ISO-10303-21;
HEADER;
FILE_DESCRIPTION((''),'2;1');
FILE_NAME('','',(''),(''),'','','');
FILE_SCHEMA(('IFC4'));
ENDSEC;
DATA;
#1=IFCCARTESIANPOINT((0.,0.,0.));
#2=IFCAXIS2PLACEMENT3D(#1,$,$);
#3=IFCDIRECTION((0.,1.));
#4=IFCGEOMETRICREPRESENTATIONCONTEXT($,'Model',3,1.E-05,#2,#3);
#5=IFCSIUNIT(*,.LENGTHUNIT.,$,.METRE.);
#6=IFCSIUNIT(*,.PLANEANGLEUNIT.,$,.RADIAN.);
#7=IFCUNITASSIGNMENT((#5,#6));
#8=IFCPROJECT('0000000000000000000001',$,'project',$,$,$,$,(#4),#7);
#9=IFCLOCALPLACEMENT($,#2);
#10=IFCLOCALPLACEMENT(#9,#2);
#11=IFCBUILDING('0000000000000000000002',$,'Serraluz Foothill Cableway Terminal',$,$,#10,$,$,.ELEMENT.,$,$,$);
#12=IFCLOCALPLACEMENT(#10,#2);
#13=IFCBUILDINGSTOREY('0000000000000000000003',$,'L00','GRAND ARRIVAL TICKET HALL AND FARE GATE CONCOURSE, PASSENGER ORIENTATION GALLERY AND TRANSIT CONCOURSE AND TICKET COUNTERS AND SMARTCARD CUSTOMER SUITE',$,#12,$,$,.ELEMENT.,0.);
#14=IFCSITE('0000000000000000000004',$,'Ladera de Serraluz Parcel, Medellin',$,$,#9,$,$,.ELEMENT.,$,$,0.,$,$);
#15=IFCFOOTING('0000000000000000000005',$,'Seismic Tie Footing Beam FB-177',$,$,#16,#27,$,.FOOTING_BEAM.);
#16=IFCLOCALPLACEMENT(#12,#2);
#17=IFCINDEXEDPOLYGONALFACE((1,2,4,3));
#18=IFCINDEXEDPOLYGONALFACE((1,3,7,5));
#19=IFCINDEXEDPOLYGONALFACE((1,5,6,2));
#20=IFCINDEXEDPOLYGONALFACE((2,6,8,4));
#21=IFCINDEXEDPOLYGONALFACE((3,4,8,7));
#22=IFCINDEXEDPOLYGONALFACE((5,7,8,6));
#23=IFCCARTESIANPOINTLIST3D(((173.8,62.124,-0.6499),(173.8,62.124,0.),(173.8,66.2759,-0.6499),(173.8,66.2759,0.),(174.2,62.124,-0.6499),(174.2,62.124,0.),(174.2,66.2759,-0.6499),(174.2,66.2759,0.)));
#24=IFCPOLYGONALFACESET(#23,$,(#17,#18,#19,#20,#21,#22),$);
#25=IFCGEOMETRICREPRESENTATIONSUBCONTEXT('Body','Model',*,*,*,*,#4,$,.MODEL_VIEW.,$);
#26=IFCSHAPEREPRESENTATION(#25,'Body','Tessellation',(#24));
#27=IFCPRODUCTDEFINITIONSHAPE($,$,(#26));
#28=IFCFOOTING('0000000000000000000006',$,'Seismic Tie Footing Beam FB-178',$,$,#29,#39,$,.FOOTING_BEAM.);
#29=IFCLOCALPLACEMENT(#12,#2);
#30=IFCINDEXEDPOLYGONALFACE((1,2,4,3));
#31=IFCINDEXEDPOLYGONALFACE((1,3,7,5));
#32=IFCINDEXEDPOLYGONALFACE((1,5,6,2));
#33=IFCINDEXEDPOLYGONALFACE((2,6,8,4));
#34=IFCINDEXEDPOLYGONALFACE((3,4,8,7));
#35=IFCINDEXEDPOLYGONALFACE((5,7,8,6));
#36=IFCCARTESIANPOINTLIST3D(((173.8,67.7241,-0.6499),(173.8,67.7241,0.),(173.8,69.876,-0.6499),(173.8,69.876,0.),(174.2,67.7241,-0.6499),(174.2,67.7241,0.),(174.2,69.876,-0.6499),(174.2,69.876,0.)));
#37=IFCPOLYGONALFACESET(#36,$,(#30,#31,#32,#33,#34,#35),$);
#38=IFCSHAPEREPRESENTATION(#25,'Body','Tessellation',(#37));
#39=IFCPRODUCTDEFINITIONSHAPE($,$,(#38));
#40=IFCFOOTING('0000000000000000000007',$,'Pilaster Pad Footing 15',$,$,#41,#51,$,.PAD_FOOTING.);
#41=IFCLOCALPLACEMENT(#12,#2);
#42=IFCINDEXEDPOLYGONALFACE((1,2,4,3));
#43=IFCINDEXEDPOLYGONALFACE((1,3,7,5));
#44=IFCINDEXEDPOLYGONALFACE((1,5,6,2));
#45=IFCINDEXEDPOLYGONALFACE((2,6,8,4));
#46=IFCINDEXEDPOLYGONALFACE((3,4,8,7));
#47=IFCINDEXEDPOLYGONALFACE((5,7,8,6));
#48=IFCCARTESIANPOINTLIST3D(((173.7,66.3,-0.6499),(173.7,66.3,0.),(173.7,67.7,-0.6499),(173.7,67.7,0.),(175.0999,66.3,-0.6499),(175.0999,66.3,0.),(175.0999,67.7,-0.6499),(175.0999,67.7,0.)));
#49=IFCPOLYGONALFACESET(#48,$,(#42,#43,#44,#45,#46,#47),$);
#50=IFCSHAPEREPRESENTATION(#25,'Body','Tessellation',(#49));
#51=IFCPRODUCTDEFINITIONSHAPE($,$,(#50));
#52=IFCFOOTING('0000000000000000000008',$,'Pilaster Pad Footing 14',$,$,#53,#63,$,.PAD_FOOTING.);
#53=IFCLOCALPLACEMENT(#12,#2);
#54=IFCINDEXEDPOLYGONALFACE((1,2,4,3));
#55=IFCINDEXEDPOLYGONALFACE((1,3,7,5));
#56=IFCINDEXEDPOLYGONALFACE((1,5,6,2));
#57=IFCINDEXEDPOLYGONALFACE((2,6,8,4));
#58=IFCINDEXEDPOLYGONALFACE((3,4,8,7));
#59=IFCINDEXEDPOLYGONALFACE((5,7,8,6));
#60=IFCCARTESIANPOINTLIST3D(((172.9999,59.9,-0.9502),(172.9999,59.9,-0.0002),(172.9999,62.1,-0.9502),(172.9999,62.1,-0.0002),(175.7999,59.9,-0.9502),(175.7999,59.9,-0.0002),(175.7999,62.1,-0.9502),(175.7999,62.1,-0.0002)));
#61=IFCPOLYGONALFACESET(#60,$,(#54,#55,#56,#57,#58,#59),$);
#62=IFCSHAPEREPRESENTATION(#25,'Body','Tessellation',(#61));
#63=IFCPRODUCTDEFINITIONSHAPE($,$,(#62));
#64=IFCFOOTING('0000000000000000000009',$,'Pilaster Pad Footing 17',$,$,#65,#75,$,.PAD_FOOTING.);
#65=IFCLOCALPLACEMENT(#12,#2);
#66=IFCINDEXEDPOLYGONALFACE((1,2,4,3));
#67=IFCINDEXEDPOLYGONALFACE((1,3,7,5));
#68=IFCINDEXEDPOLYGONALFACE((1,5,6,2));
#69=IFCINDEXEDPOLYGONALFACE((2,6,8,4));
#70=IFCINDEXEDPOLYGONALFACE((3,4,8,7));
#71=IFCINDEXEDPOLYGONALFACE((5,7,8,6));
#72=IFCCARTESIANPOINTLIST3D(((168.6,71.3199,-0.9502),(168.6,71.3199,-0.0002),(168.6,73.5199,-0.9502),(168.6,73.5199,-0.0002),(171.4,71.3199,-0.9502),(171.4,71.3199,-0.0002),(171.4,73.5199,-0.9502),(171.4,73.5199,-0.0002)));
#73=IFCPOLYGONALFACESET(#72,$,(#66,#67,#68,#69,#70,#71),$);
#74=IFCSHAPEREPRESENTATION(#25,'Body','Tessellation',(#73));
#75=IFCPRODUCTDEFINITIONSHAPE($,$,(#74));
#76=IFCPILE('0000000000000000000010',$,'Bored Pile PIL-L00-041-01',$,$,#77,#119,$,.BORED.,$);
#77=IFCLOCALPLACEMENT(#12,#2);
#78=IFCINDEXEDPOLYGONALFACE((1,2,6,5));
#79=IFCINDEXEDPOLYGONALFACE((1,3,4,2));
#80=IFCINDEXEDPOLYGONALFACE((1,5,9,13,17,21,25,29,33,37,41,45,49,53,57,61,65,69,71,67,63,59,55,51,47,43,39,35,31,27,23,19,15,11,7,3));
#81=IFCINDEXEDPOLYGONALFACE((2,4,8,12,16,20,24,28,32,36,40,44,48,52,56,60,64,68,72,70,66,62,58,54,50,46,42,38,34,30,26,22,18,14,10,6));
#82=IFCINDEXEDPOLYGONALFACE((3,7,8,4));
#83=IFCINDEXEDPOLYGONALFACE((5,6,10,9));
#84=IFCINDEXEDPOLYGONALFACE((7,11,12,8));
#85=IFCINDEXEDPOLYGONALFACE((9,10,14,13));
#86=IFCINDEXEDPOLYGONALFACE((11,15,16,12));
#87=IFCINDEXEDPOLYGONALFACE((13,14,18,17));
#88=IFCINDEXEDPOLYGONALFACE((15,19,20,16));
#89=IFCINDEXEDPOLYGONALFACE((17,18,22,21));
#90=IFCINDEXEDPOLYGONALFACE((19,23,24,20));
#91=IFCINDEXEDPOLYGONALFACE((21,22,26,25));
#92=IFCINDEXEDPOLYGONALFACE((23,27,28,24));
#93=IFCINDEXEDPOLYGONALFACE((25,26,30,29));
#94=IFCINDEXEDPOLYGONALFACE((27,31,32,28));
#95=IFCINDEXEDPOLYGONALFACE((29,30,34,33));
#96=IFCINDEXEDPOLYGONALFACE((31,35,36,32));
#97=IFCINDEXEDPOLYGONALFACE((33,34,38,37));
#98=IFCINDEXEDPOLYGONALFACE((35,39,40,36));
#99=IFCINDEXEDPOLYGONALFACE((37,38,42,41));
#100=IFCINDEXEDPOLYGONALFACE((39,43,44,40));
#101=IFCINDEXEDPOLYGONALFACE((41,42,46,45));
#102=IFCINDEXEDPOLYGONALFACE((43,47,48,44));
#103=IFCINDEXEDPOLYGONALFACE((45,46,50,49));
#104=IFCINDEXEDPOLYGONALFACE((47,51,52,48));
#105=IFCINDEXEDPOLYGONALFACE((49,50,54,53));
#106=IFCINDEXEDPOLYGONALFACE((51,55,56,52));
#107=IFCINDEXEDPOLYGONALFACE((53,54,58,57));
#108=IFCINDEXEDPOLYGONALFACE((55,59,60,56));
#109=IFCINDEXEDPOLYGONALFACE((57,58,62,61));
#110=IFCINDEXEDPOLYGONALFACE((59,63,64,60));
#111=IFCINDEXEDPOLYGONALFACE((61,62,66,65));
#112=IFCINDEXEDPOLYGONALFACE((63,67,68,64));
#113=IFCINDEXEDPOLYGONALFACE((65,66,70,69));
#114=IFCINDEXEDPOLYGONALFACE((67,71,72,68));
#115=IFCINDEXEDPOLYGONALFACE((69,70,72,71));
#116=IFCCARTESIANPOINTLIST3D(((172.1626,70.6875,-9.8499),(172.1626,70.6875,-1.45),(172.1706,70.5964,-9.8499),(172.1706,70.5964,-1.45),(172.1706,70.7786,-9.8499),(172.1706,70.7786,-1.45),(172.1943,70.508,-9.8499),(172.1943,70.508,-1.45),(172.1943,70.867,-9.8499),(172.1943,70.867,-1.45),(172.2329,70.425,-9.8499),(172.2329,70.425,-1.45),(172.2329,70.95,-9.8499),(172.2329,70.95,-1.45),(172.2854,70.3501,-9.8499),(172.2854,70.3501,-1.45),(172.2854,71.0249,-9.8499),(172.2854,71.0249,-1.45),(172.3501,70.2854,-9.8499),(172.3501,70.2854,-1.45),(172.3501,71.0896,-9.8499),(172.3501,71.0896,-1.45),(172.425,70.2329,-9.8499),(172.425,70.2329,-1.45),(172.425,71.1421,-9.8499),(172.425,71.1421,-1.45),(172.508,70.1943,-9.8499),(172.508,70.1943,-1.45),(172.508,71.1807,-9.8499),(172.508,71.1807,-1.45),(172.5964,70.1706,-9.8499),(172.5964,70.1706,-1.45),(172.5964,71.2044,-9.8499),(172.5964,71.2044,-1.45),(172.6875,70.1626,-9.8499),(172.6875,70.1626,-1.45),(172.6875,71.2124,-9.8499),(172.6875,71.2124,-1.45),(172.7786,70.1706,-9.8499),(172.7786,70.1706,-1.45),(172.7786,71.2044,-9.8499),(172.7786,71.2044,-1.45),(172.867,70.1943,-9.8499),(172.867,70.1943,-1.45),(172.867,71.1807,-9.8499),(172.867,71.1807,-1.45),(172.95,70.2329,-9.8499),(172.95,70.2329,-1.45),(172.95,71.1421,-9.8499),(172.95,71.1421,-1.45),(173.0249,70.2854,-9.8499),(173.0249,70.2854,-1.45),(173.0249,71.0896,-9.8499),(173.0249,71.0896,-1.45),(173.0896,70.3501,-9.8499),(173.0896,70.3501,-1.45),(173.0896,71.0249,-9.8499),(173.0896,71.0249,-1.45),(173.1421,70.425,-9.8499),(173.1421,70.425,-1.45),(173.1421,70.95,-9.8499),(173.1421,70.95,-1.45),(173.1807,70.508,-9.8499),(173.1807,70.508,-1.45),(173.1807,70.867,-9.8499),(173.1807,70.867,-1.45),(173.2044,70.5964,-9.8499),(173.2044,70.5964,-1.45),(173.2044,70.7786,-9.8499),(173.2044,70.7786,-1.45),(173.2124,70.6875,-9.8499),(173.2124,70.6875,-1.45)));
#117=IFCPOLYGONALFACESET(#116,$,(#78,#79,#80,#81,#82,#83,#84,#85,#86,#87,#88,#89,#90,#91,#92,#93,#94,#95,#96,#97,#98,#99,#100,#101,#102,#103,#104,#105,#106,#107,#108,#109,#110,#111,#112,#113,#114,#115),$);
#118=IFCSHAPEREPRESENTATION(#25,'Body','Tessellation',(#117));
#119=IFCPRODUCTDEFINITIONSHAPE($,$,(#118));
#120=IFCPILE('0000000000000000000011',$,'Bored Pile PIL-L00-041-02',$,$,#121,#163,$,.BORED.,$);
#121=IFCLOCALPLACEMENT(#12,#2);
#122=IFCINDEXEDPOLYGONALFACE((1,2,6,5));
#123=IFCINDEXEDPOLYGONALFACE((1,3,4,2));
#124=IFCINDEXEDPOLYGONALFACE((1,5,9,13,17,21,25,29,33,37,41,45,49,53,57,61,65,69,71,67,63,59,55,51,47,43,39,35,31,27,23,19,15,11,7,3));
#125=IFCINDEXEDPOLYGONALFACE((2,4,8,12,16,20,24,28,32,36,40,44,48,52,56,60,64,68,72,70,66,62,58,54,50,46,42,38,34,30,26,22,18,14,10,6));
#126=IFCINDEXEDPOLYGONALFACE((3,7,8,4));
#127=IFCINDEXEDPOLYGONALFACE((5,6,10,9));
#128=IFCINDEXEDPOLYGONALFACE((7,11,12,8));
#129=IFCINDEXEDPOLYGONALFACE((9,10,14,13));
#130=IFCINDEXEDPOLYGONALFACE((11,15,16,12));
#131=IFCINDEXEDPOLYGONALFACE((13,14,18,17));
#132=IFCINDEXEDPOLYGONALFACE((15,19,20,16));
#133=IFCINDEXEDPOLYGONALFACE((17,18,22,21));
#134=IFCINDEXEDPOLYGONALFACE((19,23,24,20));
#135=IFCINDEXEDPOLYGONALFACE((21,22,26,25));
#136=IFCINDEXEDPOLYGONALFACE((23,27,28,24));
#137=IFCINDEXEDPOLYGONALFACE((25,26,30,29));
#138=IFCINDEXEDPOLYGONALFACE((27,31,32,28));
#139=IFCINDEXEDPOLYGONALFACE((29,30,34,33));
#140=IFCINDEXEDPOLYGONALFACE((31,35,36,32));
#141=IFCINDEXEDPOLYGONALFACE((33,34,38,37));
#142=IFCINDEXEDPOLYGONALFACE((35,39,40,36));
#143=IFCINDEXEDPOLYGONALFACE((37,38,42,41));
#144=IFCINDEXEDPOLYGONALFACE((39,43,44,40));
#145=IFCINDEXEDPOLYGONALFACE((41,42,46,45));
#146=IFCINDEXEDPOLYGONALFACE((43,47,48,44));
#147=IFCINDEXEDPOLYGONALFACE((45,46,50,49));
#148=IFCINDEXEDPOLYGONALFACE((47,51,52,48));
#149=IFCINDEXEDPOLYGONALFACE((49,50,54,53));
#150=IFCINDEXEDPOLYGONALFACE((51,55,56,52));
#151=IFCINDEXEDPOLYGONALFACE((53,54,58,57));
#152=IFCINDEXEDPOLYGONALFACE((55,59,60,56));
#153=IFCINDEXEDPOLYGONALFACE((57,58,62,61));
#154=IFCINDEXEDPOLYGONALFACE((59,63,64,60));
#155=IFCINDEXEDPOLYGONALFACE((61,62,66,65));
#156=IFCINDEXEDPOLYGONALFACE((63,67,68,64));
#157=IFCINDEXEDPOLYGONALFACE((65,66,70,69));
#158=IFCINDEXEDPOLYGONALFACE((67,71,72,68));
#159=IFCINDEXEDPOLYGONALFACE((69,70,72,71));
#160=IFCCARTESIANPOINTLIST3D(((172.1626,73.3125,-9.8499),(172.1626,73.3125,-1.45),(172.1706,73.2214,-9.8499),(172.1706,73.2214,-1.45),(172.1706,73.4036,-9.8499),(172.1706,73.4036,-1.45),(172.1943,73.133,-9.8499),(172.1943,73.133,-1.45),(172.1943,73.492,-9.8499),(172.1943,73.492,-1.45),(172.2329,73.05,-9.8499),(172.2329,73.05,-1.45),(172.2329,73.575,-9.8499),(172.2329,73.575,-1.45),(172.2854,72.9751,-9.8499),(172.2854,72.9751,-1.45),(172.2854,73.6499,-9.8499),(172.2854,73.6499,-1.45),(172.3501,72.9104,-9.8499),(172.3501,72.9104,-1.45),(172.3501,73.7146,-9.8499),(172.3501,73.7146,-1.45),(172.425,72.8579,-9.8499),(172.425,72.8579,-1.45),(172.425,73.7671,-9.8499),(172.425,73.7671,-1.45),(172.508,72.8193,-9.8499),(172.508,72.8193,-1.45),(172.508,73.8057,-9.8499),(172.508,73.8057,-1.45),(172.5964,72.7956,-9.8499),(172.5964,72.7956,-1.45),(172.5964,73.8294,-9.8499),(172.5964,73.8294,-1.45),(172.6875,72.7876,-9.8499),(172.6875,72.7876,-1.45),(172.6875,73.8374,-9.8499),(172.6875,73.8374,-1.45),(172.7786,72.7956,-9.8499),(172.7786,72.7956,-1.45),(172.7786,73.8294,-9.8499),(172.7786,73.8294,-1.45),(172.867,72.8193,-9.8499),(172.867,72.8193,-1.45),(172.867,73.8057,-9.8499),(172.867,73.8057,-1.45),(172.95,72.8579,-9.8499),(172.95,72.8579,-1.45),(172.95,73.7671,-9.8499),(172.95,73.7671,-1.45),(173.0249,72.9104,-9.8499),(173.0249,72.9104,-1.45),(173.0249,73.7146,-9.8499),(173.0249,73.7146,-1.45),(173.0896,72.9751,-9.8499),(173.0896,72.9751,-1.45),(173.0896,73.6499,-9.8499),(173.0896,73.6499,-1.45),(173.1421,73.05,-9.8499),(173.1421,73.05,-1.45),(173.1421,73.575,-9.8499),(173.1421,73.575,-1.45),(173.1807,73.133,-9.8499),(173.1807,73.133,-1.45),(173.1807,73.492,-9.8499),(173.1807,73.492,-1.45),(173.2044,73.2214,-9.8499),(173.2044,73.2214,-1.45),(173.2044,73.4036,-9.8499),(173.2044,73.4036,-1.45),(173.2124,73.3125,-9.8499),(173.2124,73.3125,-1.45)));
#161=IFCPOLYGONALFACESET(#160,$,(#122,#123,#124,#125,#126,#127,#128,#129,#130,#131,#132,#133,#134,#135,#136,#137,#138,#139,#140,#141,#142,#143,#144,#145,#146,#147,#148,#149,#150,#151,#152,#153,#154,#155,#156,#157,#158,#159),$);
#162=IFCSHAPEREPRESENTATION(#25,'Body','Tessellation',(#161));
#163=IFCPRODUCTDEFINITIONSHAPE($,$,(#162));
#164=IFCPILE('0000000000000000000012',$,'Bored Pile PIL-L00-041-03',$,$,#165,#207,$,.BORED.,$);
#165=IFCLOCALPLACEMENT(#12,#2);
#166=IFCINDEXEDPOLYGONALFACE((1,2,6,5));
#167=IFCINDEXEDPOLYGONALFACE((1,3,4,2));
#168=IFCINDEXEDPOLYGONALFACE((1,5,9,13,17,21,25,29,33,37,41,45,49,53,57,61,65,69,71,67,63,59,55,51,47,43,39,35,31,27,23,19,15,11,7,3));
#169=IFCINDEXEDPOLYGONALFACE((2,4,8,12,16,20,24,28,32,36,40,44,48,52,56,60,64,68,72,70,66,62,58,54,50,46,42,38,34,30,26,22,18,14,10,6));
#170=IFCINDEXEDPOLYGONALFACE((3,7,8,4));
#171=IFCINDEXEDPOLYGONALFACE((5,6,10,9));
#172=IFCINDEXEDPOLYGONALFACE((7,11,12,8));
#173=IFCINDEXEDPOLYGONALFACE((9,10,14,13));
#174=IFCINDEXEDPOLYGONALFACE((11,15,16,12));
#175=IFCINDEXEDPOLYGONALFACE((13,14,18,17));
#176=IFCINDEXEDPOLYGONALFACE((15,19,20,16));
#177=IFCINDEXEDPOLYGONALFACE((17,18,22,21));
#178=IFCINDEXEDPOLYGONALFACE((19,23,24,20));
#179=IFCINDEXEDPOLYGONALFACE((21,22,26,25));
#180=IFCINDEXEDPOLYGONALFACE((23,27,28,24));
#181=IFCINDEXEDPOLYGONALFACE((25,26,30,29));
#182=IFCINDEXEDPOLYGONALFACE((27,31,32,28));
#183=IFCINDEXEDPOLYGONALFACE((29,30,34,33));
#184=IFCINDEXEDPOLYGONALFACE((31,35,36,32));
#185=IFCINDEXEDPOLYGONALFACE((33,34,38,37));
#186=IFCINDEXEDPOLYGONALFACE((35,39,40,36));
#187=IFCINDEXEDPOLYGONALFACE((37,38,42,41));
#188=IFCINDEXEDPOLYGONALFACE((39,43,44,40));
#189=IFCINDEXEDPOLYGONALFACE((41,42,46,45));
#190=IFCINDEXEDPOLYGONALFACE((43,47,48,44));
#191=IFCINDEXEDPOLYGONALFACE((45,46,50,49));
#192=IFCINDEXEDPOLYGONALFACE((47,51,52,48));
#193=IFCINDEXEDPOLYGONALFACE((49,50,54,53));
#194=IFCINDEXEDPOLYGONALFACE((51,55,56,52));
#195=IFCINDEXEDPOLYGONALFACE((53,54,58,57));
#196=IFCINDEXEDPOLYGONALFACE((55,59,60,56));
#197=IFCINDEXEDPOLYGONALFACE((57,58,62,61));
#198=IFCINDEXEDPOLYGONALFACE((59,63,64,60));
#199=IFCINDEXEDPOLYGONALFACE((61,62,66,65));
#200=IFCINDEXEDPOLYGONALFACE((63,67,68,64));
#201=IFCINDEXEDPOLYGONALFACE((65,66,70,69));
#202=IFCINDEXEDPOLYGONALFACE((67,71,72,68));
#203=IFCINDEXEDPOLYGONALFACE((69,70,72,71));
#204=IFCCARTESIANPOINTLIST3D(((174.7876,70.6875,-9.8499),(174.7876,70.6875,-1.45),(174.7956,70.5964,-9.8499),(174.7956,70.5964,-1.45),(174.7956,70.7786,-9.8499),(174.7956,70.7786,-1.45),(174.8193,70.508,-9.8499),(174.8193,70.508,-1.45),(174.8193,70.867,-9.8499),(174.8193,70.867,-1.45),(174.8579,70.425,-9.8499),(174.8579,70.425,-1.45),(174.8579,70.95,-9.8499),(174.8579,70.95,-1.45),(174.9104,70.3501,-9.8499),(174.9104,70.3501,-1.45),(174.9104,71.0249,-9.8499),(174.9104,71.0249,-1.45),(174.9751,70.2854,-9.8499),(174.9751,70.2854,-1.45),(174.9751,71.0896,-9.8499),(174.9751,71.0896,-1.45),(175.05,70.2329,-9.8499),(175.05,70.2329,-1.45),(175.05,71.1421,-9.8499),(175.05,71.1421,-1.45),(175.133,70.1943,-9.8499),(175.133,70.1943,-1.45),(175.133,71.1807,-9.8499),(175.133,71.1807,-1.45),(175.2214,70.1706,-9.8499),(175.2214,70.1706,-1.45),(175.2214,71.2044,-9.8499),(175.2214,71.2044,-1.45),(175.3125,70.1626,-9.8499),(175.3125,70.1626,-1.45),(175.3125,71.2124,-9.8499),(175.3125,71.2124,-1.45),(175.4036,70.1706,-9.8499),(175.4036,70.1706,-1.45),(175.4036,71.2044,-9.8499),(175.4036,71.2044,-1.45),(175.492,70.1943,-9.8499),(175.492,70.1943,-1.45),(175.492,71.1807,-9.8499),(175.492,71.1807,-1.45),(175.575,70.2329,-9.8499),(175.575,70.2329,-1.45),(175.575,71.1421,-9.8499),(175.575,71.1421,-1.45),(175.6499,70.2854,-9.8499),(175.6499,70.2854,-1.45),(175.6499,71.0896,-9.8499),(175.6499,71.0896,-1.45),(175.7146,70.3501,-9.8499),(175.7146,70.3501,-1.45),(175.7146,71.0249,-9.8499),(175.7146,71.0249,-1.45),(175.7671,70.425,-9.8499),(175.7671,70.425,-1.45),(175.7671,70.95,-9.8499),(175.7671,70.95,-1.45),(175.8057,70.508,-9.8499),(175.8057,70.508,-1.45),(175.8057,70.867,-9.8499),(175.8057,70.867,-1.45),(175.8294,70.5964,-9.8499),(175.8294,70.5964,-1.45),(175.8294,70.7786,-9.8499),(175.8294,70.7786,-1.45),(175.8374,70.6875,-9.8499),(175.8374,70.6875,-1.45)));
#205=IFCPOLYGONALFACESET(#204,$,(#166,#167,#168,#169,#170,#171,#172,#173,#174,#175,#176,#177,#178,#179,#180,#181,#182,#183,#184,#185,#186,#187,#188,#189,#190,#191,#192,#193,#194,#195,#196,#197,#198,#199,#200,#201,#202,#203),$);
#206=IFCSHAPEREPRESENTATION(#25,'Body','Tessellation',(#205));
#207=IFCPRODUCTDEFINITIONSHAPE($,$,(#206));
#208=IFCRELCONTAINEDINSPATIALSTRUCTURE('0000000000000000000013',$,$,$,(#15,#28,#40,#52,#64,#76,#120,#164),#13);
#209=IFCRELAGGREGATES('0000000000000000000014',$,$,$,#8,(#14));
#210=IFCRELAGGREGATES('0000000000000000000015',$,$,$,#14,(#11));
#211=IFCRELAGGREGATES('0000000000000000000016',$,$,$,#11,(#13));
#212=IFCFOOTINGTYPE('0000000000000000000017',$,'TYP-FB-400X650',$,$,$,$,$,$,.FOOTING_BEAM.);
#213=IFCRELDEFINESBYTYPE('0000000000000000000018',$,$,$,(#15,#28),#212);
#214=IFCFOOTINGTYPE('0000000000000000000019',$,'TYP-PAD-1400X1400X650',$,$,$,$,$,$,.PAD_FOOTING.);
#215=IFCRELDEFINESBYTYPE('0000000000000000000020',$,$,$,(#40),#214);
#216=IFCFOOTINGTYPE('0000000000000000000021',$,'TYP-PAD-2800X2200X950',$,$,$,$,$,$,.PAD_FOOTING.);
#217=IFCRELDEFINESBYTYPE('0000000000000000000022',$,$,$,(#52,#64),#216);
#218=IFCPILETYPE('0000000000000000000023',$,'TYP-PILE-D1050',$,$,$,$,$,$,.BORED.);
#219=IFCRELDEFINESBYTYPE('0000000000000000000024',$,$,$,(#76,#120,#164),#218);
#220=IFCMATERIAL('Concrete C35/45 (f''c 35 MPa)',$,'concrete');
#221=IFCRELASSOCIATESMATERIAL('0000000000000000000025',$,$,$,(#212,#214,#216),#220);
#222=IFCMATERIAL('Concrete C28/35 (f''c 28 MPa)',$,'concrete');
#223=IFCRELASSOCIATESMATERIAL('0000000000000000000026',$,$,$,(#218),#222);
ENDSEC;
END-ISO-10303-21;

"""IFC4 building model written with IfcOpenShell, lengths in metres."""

from ifc_helpers import new_model, si_unit, direction, frame, origin, origin_2d, place, context, subcontext, project, spatial, rectangle, circle, extrude, material, material_profile, profile_set, type_object, element, save


model = new_model("IFC4")

# Units and contexts
model_context = context("Model", 3, precision=1e-05, world=origin(), true_north=direction((0.0, 1.0)))
body_context = subcontext(model_context, "Body", "Model", "MODEL_VIEW")
ifc_project = project(units=[si_unit("LENGTHUNIT", "METRE"), si_unit("PLANEANGLEUNIT", "RADIAN")], contexts=[model_context])

# Site, building, storey
site_placement = place(None, origin())
site = spatial("IfcSite", under=ifc_project, at=site_placement, Name="Ladera de Serraluz Parcel, Medellin", CompositionType="ELEMENT", RefElevation=0.0)
building_placement = place(site_placement, origin())
building = spatial("IfcBuilding", under=site, at=building_placement, Name="Serraluz Foothill Cableway Terminal", CompositionType="ELEMENT")
storey_placement = place(building_placement, origin())
storey = spatial("IfcBuildingStorey", under=building, at=storey_placement, Name="L00", Description="GRAND ARRIVAL TICKET HALL AND FARE GATE CONCOURSE, PASSENGER ORIENTATION GALLERY AND TRANSIT CONCOURSE AND TICKET COUNTERS AND SMARTCARD CUSTOMER SUITE", CompositionType="ELEMENT", Elevation=0.0)

# Footings
ifc_material_1 = material(Name="Concrete C35/45 (f'c 35 MPa)", Category="concrete")
ifc_material_profile_1 = material_profile(ifc_material_1, rectangle(XDim=0.3999, YDim=0.6499, at=origin_2d()), Name="RC 400x650")
ifc_profile_set_1 = profile_set([ifc_material_profile_1], Name="Concrete C35/45 (f'c 35 MPa)")
footing_type_1 = type_object("IfcFootingType", Name="TYP-FB-400X650", PredefinedType="FOOTING_BEAM", material=ifc_profile_set_1)
footing_1_placement = place(storey_placement, frame((174.0, 62.124, -0.325), z_axis=(0.0, 1.0, 0.0), x_axis=(-1.0, 0.0, 0.0)))
element("IfcFooting", 1, at=footing_1_placement, inside=storey, type_object=footing_type_1, Name="Seismic Tie Footing Beam FB-177", PredefinedType="FOOTING_BEAM", context=body_context, shape_type="SweptSolid", body=[
    extrude(rectangle(XDim=0.3999, YDim=0.6499, at=origin_2d()), origin(), (0.0, 0.0, 1.0), 4.1519),
])
footing_2_placement = place(storey_placement, frame((174.0, 67.7241, -0.325), z_axis=(0.0, 1.0, 0.0), x_axis=(-1.0, 0.0, 0.0)))
element("IfcFooting", 2, at=footing_2_placement, inside=storey, type_object=footing_type_1, Name="Seismic Tie Footing Beam FB-178", PredefinedType="FOOTING_BEAM", context=body_context, shape_type="SweptSolid", body=[
    extrude(rectangle(XDim=0.3999, YDim=0.6499, at=origin_2d()), origin(), (0.0, 0.0, 1.0), 2.1519),
])
footing_type_2 = type_object("IfcFootingType", Name="TYP-PAD-1400X1400X650", PredefinedType="PAD_FOOTING", material=ifc_material_1)
footing_3_placement = place(storey_placement, frame((174.3999, 67.0, -0.6499), z_axis=(0.0, 0.0, 1.0), x_axis=(1.0, 0.0, 0.0)))
element("IfcFooting", 3, at=footing_3_placement, inside=storey, type_object=footing_type_2, Name="Pilaster Pad Footing 15", PredefinedType="PAD_FOOTING", context=body_context, shape_type="SweptSolid", body=[
    extrude(rectangle(XDim=1.3999, YDim=1.3999, at=origin_2d()), origin(), (0.0, 0.0, 1.0), 0.6499),
])
footing_type_3 = type_object("IfcFootingType", Name="TYP-PAD-2800X2200X950", PredefinedType="PAD_FOOTING", material=ifc_material_1)
for number, where, z_axis, x_axis, name in (
    (4, (174.3999, 61.0, -0.9502), (0.0, 0.0, 1.0), (1.0, 0.0, 0.0), "Pilaster Pad Footing 14"),
    (5, (170.0, 72.4199, -0.9502), (0.0, 0.0, 1.0), (1.0, 0.0, 0.0), "Pilaster Pad Footing 17"),
):
    element("IfcFooting", number, at=place(storey_placement, frame(where, z_axis=z_axis, x_axis=x_axis)), inside=storey, type_object=footing_type_3, Name=name, PredefinedType="PAD_FOOTING", context=body_context, shape_type="SweptSolid", body=[
        extrude(rectangle(XDim=2.8, YDim=2.2, at=origin_2d()), origin(), (0.0, 0.0, 1.0), 0.95),
    ])

# Piles
ifc_material_2 = material(Name="Concrete C28/35 (f'c 28 MPa)", Category="concrete")
ifc_material_profile_2 = material_profile(ifc_material_2, circle(Radius=0.5249, at=origin_2d()), Name="BORED PILE D1050")
ifc_profile_set_2 = profile_set([ifc_material_profile_2], Name="Concrete C28/35 (f'c 28 MPa)")
pile_type = type_object("IfcPileType", Name="TYP-PILE-D1050", PredefinedType="BORED", material=ifc_profile_set_2)
for number, where, z_axis, x_axis, name in (
    (6, (172.6875, 70.6875, -1.45), (0.0, 0.0, -1.0), (1.0, 0.0, 0.0), "Bored Pile PIL-L00-041-01"),
    (7, (172.6875, 73.3125, -1.45), (0.0, 0.0, -1.0), (1.0, 0.0, 0.0), "Bored Pile PIL-L00-041-02"),
    (8, (175.3125, 70.6875, -1.45), (0.0, 0.0, -1.0), (1.0, 0.0, 0.0), "Bored Pile PIL-L00-041-03"),
):
    element("IfcPile", number, at=place(storey_placement, frame(where, z_axis=z_axis, x_axis=x_axis)), inside=storey, type_object=pile_type, Name=name, PredefinedType="BORED", context=body_context, shape_type="SweptSolid", body=[
        extrude(circle(Radius=0.5249, at=origin_2d()), origin(), (0.0, 0.0, 1.0), 8.3999),
    ])

save(model, "model.ifc")
